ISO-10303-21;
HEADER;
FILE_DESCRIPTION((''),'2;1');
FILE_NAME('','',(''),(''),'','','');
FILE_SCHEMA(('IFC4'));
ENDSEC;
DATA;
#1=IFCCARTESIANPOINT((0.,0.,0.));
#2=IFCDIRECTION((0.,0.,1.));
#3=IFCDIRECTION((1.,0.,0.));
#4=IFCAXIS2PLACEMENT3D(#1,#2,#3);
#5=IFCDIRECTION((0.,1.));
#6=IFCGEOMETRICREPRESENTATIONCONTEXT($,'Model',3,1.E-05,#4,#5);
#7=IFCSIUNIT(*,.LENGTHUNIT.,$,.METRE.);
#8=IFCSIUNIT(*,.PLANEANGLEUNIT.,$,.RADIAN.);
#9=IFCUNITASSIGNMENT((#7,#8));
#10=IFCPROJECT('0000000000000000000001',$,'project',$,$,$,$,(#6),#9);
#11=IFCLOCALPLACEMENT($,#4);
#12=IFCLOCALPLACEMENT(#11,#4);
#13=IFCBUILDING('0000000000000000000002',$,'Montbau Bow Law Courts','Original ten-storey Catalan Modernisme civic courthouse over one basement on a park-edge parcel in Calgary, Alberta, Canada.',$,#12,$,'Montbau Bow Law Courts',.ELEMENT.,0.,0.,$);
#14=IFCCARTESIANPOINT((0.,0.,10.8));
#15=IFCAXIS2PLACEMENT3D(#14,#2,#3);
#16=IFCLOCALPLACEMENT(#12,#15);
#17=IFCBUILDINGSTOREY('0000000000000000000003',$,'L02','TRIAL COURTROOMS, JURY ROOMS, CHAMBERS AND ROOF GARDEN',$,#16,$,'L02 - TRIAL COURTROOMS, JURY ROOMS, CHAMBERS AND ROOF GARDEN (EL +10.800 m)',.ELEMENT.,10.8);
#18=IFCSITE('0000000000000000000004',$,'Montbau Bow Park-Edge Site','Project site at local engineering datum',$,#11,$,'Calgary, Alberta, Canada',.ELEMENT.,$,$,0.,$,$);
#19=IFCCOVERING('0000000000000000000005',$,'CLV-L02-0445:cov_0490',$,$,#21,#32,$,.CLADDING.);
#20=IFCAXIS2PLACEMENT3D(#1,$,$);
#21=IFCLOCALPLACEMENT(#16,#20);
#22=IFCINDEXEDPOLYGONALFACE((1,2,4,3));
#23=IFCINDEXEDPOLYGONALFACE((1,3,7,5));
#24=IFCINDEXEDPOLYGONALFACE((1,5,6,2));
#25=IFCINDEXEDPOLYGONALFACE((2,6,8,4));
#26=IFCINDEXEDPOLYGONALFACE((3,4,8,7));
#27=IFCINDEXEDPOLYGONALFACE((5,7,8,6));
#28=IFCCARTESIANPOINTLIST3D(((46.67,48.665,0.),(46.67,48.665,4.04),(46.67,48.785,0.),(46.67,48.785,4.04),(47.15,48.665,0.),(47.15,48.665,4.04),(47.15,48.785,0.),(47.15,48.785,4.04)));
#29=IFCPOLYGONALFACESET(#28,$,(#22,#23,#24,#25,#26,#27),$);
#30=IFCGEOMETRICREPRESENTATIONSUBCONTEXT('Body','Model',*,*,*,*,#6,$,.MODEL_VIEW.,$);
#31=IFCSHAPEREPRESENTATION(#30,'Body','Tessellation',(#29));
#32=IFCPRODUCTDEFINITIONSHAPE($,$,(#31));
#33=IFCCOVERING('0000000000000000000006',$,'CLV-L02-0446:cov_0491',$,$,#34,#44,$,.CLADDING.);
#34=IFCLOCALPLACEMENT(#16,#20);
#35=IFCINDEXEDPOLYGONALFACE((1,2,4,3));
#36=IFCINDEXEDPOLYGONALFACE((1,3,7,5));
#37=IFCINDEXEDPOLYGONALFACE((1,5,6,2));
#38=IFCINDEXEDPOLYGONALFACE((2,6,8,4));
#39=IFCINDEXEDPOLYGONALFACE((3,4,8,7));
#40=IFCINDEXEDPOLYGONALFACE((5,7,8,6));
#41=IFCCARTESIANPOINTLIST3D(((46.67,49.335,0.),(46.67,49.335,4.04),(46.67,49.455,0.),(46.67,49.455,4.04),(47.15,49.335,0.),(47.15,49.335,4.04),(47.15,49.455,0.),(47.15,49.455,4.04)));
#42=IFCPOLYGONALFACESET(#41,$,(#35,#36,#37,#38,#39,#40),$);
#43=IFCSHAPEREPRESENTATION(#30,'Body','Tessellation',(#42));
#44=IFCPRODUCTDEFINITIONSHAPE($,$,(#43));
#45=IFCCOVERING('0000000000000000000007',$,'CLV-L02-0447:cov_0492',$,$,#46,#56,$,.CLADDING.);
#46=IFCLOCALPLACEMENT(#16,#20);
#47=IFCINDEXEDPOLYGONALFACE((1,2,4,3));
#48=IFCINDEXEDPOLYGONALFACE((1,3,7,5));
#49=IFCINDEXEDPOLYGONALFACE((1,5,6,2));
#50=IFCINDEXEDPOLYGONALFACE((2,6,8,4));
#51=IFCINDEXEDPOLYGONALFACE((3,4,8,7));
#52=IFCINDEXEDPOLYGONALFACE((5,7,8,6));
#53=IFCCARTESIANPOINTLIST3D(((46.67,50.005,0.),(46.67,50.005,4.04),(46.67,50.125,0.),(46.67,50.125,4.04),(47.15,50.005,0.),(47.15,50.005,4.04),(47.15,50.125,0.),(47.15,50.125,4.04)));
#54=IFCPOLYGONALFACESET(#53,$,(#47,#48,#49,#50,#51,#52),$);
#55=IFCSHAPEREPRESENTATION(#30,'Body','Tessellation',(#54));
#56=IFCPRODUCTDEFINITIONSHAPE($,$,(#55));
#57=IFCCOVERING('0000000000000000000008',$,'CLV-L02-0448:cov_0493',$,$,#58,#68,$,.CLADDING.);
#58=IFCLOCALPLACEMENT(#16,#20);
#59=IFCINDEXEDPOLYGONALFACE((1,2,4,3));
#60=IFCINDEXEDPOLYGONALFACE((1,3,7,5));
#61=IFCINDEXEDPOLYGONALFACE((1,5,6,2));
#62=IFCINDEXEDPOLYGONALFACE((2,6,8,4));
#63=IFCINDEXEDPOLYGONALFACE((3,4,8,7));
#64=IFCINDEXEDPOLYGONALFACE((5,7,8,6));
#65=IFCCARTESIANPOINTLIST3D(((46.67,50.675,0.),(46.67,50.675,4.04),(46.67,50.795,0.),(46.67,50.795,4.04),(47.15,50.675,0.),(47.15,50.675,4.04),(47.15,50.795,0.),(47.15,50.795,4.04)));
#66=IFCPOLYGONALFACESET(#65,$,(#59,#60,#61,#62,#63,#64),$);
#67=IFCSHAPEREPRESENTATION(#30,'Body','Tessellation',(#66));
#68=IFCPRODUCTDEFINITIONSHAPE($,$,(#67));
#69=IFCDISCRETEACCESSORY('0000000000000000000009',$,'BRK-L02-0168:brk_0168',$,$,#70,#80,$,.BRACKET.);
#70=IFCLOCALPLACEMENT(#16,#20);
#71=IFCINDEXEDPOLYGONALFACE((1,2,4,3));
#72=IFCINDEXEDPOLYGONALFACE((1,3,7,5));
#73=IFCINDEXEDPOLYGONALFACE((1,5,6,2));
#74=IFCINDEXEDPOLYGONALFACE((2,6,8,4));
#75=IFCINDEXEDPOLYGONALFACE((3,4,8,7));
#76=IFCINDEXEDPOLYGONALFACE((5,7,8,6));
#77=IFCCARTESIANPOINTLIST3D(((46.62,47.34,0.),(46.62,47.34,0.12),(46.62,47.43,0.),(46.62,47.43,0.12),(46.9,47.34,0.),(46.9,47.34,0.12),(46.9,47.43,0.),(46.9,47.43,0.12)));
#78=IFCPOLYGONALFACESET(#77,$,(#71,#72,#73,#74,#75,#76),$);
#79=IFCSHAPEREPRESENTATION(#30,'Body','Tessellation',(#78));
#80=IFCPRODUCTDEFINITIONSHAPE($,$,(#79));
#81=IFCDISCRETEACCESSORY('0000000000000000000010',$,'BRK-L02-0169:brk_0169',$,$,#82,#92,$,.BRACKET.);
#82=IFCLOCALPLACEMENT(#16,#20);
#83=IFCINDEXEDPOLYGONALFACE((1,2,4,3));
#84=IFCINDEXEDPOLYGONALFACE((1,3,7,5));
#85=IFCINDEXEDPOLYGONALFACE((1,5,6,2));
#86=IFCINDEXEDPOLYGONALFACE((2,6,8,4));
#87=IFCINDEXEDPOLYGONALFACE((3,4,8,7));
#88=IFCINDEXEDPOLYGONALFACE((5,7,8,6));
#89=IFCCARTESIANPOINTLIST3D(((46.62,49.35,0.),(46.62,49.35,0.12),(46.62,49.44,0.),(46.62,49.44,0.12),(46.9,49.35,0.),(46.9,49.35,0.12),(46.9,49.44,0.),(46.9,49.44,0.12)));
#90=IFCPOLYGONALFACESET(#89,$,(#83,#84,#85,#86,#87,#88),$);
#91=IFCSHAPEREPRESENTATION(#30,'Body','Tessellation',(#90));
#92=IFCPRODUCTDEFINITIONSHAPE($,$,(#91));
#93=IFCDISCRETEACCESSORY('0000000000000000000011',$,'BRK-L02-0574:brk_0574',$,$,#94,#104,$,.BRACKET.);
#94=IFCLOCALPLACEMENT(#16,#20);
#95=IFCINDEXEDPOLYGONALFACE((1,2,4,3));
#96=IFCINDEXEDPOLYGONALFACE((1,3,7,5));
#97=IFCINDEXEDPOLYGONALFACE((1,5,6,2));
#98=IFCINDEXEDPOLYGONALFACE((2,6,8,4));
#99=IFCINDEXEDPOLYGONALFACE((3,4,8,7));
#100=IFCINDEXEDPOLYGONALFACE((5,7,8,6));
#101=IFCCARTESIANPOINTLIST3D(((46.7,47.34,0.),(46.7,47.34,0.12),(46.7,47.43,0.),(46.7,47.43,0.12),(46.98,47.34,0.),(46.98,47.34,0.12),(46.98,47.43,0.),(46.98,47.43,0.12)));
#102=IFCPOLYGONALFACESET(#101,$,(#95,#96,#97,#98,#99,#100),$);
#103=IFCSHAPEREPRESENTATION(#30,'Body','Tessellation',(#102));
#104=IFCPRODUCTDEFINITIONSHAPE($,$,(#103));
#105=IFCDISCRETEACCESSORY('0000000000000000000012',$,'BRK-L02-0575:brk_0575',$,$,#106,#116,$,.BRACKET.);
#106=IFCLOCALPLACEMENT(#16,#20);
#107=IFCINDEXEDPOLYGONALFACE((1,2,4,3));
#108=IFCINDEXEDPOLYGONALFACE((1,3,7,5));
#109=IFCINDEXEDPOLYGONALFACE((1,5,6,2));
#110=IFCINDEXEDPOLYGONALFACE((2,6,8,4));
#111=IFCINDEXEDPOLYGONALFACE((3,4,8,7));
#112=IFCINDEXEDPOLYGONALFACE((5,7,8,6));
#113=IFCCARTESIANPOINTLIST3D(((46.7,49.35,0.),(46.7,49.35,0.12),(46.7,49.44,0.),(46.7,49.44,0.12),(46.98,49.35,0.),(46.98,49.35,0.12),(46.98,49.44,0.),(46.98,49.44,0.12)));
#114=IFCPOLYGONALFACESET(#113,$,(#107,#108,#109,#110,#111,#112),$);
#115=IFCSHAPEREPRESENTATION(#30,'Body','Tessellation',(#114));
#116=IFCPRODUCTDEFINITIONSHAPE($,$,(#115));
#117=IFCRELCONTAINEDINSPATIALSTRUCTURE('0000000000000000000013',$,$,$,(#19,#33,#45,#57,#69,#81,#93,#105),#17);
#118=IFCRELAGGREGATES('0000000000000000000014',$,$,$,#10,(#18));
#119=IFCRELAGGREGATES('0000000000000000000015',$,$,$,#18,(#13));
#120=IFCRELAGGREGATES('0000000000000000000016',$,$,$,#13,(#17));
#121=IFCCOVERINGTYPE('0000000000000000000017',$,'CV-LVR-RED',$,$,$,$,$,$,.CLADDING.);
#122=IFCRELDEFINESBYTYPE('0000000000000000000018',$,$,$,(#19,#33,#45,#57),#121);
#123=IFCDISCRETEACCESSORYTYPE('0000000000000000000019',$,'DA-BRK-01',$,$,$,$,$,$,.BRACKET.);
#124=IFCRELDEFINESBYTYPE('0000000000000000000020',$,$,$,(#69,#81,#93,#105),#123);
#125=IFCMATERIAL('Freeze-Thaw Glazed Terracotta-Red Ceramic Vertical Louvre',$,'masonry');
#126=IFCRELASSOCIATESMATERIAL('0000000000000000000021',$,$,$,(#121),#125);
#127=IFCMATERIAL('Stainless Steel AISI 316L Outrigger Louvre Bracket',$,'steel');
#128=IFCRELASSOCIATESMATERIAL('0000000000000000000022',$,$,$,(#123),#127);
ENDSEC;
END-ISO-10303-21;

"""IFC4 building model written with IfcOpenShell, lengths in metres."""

from ifc_helpers import new_model, si_unit, direction, frame, frame_2d, origin_with_axes, origin_2d_with_axis, place, context, subcontext, project, spatial, rectangle, extrude, material, type_object, element, save


model = new_model("IFC4")

# Units and contexts
model_context = context("Model", 3, precision=1e-05, world=origin_with_axes(), true_north=direction((0.0, 1.0)))
body_context = subcontext(model_context, "Body", "Model", "MODEL_VIEW")
ifc_project = project(units=[si_unit("LENGTHUNIT", "METRE"), si_unit("PLANEANGLEUNIT", "RADIAN")], contexts=[model_context])

# Site, building, storey
site_placement = place(None, origin_with_axes())
site = spatial("IfcSite", under=ifc_project, at=site_placement, Name="Montbau Bow Park-Edge Site", Description="Project site at local engineering datum", LongName="Calgary, Alberta, Canada", CompositionType="ELEMENT", RefElevation=0.0)
building_placement = place(site_placement, origin_with_axes())
building = spatial("IfcBuilding", under=site, at=building_placement, Name="Montbau Bow Law Courts", Description="Original ten-storey Catalan Modernisme civic courthouse over one basement on a park-edge parcel in Calgary, Alberta, Canada.", LongName="Montbau Bow Law Courts", CompositionType="ELEMENT", ElevationOfRefHeight=0.0, ElevationOfTerrain=0.0)
storey_placement = place(building_placement, frame((0.0, 0.0, 10.8), z_axis=(0.0, 0.0, 1.0), x_axis=(1.0, 0.0, 0.0)))
storey = spatial("IfcBuildingStorey", under=building, at=storey_placement, Name="L02", Description="TRIAL COURTROOMS, JURY ROOMS, CHAMBERS AND ROOF GARDEN", LongName="L02 - TRIAL COURTROOMS, JURY ROOMS, CHAMBERS AND ROOF GARDEN (EL +10.800 m)", CompositionType="ELEMENT", Elevation=10.8)

# Coverings
ifc_material_1 = material(Name="Freeze-Thaw Glazed Terracotta-Red Ceramic Vertical Louvre", Category="masonry")
covering_type_1 = type_object("IfcCoveringType", Name="CV-LVR-RED", PredefinedType="CLADDING", material=ifc_material_1)
for number, where, z_axis, x_axis, name in (
    (1, (46.67, 48.725, 10.8), (0.0, -1.0, 0.0), (1.0, 0.0, 0.0), "CLV-L02-0445:cov_0490"),
    (2, (46.67, 49.395, 10.8), (0.0, -1.0, 0.0), (1.0, 0.0, 0.0), "CLV-L02-0446:cov_0491"),
    (3, (46.67, 50.065, 10.8), (0.0, -1.0, 0.0), (1.0, 0.0, 0.0), "CLV-L02-0447:cov_0492"),
    (4, (46.67, 50.735, 10.8), (0.0, -1.0, 0.0), (1.0, 0.0, 0.0), "CLV-L02-0448:cov_0493"),
):
    element("IfcCovering", number, at=place(None, frame(where, z_axis=z_axis, x_axis=x_axis)), inside=storey, type_object=covering_type_1, Name=name, PredefinedType="CLADDING", context=body_context, shape_type="SweptSolid", body=[
        extrude(rectangle(XDim=0.48, YDim=4.04, at=frame_2d((0.24, 2.02), x_axis=(1.0, 0.0))), frame((0.0, 0.0, -0.06), z_axis=(0.0, 0.0, 1.0), x_axis=(1.0, 0.0, 0.0)), (0.0, 0.0, 1.0), 0.12),
    ])

# Discrete accessories
ifc_material_2 = material(Name="Stainless Steel AISI 316L Outrigger Louvre Bracket", Category="steel")
discrete_accessory_type = type_object("IfcDiscreteAccessoryType", Name="DA-BRK-01", PredefinedType="BRACKET", material=ifc_material_2)
for number, where, z_axis, x_axis, name in (
    (5, (46.76, 47.385, 10.8), (0.0, 0.0, 1.0), (1.0, 0.0, 0.0), "BRK-L02-0168:brk_0168"),
    (6, (46.76, 49.395, 10.8), (0.0, 0.0, 1.0), (1.0, 0.0, 0.0), "BRK-L02-0169:brk_0169"),
    (7, (46.84, 47.385, 10.8), (0.0, 0.0, 1.0), (-1.0, 0.0, 0.0), "BRK-L02-0574:brk_0574"),
    (8, (46.84, 49.395, 10.8), (0.0, 0.0, 1.0), (-1.0, 0.0, 0.0), "BRK-L02-0575:brk_0575"),
):
    element("IfcDiscreteAccessory", number, at=place(None, frame(where, z_axis=z_axis, x_axis=x_axis)), inside=storey, type_object=discrete_accessory_type, Name=name, PredefinedType="BRACKET", context=body_context, shape_type="SweptSolid", body=[
        extrude(rectangle(XDim=0.28, YDim=0.09, at=origin_2d_with_axis()), origin_with_axes(), (0.0, 0.0, 1.0), 0.12),
    ])

save(model, "model.ifc")
